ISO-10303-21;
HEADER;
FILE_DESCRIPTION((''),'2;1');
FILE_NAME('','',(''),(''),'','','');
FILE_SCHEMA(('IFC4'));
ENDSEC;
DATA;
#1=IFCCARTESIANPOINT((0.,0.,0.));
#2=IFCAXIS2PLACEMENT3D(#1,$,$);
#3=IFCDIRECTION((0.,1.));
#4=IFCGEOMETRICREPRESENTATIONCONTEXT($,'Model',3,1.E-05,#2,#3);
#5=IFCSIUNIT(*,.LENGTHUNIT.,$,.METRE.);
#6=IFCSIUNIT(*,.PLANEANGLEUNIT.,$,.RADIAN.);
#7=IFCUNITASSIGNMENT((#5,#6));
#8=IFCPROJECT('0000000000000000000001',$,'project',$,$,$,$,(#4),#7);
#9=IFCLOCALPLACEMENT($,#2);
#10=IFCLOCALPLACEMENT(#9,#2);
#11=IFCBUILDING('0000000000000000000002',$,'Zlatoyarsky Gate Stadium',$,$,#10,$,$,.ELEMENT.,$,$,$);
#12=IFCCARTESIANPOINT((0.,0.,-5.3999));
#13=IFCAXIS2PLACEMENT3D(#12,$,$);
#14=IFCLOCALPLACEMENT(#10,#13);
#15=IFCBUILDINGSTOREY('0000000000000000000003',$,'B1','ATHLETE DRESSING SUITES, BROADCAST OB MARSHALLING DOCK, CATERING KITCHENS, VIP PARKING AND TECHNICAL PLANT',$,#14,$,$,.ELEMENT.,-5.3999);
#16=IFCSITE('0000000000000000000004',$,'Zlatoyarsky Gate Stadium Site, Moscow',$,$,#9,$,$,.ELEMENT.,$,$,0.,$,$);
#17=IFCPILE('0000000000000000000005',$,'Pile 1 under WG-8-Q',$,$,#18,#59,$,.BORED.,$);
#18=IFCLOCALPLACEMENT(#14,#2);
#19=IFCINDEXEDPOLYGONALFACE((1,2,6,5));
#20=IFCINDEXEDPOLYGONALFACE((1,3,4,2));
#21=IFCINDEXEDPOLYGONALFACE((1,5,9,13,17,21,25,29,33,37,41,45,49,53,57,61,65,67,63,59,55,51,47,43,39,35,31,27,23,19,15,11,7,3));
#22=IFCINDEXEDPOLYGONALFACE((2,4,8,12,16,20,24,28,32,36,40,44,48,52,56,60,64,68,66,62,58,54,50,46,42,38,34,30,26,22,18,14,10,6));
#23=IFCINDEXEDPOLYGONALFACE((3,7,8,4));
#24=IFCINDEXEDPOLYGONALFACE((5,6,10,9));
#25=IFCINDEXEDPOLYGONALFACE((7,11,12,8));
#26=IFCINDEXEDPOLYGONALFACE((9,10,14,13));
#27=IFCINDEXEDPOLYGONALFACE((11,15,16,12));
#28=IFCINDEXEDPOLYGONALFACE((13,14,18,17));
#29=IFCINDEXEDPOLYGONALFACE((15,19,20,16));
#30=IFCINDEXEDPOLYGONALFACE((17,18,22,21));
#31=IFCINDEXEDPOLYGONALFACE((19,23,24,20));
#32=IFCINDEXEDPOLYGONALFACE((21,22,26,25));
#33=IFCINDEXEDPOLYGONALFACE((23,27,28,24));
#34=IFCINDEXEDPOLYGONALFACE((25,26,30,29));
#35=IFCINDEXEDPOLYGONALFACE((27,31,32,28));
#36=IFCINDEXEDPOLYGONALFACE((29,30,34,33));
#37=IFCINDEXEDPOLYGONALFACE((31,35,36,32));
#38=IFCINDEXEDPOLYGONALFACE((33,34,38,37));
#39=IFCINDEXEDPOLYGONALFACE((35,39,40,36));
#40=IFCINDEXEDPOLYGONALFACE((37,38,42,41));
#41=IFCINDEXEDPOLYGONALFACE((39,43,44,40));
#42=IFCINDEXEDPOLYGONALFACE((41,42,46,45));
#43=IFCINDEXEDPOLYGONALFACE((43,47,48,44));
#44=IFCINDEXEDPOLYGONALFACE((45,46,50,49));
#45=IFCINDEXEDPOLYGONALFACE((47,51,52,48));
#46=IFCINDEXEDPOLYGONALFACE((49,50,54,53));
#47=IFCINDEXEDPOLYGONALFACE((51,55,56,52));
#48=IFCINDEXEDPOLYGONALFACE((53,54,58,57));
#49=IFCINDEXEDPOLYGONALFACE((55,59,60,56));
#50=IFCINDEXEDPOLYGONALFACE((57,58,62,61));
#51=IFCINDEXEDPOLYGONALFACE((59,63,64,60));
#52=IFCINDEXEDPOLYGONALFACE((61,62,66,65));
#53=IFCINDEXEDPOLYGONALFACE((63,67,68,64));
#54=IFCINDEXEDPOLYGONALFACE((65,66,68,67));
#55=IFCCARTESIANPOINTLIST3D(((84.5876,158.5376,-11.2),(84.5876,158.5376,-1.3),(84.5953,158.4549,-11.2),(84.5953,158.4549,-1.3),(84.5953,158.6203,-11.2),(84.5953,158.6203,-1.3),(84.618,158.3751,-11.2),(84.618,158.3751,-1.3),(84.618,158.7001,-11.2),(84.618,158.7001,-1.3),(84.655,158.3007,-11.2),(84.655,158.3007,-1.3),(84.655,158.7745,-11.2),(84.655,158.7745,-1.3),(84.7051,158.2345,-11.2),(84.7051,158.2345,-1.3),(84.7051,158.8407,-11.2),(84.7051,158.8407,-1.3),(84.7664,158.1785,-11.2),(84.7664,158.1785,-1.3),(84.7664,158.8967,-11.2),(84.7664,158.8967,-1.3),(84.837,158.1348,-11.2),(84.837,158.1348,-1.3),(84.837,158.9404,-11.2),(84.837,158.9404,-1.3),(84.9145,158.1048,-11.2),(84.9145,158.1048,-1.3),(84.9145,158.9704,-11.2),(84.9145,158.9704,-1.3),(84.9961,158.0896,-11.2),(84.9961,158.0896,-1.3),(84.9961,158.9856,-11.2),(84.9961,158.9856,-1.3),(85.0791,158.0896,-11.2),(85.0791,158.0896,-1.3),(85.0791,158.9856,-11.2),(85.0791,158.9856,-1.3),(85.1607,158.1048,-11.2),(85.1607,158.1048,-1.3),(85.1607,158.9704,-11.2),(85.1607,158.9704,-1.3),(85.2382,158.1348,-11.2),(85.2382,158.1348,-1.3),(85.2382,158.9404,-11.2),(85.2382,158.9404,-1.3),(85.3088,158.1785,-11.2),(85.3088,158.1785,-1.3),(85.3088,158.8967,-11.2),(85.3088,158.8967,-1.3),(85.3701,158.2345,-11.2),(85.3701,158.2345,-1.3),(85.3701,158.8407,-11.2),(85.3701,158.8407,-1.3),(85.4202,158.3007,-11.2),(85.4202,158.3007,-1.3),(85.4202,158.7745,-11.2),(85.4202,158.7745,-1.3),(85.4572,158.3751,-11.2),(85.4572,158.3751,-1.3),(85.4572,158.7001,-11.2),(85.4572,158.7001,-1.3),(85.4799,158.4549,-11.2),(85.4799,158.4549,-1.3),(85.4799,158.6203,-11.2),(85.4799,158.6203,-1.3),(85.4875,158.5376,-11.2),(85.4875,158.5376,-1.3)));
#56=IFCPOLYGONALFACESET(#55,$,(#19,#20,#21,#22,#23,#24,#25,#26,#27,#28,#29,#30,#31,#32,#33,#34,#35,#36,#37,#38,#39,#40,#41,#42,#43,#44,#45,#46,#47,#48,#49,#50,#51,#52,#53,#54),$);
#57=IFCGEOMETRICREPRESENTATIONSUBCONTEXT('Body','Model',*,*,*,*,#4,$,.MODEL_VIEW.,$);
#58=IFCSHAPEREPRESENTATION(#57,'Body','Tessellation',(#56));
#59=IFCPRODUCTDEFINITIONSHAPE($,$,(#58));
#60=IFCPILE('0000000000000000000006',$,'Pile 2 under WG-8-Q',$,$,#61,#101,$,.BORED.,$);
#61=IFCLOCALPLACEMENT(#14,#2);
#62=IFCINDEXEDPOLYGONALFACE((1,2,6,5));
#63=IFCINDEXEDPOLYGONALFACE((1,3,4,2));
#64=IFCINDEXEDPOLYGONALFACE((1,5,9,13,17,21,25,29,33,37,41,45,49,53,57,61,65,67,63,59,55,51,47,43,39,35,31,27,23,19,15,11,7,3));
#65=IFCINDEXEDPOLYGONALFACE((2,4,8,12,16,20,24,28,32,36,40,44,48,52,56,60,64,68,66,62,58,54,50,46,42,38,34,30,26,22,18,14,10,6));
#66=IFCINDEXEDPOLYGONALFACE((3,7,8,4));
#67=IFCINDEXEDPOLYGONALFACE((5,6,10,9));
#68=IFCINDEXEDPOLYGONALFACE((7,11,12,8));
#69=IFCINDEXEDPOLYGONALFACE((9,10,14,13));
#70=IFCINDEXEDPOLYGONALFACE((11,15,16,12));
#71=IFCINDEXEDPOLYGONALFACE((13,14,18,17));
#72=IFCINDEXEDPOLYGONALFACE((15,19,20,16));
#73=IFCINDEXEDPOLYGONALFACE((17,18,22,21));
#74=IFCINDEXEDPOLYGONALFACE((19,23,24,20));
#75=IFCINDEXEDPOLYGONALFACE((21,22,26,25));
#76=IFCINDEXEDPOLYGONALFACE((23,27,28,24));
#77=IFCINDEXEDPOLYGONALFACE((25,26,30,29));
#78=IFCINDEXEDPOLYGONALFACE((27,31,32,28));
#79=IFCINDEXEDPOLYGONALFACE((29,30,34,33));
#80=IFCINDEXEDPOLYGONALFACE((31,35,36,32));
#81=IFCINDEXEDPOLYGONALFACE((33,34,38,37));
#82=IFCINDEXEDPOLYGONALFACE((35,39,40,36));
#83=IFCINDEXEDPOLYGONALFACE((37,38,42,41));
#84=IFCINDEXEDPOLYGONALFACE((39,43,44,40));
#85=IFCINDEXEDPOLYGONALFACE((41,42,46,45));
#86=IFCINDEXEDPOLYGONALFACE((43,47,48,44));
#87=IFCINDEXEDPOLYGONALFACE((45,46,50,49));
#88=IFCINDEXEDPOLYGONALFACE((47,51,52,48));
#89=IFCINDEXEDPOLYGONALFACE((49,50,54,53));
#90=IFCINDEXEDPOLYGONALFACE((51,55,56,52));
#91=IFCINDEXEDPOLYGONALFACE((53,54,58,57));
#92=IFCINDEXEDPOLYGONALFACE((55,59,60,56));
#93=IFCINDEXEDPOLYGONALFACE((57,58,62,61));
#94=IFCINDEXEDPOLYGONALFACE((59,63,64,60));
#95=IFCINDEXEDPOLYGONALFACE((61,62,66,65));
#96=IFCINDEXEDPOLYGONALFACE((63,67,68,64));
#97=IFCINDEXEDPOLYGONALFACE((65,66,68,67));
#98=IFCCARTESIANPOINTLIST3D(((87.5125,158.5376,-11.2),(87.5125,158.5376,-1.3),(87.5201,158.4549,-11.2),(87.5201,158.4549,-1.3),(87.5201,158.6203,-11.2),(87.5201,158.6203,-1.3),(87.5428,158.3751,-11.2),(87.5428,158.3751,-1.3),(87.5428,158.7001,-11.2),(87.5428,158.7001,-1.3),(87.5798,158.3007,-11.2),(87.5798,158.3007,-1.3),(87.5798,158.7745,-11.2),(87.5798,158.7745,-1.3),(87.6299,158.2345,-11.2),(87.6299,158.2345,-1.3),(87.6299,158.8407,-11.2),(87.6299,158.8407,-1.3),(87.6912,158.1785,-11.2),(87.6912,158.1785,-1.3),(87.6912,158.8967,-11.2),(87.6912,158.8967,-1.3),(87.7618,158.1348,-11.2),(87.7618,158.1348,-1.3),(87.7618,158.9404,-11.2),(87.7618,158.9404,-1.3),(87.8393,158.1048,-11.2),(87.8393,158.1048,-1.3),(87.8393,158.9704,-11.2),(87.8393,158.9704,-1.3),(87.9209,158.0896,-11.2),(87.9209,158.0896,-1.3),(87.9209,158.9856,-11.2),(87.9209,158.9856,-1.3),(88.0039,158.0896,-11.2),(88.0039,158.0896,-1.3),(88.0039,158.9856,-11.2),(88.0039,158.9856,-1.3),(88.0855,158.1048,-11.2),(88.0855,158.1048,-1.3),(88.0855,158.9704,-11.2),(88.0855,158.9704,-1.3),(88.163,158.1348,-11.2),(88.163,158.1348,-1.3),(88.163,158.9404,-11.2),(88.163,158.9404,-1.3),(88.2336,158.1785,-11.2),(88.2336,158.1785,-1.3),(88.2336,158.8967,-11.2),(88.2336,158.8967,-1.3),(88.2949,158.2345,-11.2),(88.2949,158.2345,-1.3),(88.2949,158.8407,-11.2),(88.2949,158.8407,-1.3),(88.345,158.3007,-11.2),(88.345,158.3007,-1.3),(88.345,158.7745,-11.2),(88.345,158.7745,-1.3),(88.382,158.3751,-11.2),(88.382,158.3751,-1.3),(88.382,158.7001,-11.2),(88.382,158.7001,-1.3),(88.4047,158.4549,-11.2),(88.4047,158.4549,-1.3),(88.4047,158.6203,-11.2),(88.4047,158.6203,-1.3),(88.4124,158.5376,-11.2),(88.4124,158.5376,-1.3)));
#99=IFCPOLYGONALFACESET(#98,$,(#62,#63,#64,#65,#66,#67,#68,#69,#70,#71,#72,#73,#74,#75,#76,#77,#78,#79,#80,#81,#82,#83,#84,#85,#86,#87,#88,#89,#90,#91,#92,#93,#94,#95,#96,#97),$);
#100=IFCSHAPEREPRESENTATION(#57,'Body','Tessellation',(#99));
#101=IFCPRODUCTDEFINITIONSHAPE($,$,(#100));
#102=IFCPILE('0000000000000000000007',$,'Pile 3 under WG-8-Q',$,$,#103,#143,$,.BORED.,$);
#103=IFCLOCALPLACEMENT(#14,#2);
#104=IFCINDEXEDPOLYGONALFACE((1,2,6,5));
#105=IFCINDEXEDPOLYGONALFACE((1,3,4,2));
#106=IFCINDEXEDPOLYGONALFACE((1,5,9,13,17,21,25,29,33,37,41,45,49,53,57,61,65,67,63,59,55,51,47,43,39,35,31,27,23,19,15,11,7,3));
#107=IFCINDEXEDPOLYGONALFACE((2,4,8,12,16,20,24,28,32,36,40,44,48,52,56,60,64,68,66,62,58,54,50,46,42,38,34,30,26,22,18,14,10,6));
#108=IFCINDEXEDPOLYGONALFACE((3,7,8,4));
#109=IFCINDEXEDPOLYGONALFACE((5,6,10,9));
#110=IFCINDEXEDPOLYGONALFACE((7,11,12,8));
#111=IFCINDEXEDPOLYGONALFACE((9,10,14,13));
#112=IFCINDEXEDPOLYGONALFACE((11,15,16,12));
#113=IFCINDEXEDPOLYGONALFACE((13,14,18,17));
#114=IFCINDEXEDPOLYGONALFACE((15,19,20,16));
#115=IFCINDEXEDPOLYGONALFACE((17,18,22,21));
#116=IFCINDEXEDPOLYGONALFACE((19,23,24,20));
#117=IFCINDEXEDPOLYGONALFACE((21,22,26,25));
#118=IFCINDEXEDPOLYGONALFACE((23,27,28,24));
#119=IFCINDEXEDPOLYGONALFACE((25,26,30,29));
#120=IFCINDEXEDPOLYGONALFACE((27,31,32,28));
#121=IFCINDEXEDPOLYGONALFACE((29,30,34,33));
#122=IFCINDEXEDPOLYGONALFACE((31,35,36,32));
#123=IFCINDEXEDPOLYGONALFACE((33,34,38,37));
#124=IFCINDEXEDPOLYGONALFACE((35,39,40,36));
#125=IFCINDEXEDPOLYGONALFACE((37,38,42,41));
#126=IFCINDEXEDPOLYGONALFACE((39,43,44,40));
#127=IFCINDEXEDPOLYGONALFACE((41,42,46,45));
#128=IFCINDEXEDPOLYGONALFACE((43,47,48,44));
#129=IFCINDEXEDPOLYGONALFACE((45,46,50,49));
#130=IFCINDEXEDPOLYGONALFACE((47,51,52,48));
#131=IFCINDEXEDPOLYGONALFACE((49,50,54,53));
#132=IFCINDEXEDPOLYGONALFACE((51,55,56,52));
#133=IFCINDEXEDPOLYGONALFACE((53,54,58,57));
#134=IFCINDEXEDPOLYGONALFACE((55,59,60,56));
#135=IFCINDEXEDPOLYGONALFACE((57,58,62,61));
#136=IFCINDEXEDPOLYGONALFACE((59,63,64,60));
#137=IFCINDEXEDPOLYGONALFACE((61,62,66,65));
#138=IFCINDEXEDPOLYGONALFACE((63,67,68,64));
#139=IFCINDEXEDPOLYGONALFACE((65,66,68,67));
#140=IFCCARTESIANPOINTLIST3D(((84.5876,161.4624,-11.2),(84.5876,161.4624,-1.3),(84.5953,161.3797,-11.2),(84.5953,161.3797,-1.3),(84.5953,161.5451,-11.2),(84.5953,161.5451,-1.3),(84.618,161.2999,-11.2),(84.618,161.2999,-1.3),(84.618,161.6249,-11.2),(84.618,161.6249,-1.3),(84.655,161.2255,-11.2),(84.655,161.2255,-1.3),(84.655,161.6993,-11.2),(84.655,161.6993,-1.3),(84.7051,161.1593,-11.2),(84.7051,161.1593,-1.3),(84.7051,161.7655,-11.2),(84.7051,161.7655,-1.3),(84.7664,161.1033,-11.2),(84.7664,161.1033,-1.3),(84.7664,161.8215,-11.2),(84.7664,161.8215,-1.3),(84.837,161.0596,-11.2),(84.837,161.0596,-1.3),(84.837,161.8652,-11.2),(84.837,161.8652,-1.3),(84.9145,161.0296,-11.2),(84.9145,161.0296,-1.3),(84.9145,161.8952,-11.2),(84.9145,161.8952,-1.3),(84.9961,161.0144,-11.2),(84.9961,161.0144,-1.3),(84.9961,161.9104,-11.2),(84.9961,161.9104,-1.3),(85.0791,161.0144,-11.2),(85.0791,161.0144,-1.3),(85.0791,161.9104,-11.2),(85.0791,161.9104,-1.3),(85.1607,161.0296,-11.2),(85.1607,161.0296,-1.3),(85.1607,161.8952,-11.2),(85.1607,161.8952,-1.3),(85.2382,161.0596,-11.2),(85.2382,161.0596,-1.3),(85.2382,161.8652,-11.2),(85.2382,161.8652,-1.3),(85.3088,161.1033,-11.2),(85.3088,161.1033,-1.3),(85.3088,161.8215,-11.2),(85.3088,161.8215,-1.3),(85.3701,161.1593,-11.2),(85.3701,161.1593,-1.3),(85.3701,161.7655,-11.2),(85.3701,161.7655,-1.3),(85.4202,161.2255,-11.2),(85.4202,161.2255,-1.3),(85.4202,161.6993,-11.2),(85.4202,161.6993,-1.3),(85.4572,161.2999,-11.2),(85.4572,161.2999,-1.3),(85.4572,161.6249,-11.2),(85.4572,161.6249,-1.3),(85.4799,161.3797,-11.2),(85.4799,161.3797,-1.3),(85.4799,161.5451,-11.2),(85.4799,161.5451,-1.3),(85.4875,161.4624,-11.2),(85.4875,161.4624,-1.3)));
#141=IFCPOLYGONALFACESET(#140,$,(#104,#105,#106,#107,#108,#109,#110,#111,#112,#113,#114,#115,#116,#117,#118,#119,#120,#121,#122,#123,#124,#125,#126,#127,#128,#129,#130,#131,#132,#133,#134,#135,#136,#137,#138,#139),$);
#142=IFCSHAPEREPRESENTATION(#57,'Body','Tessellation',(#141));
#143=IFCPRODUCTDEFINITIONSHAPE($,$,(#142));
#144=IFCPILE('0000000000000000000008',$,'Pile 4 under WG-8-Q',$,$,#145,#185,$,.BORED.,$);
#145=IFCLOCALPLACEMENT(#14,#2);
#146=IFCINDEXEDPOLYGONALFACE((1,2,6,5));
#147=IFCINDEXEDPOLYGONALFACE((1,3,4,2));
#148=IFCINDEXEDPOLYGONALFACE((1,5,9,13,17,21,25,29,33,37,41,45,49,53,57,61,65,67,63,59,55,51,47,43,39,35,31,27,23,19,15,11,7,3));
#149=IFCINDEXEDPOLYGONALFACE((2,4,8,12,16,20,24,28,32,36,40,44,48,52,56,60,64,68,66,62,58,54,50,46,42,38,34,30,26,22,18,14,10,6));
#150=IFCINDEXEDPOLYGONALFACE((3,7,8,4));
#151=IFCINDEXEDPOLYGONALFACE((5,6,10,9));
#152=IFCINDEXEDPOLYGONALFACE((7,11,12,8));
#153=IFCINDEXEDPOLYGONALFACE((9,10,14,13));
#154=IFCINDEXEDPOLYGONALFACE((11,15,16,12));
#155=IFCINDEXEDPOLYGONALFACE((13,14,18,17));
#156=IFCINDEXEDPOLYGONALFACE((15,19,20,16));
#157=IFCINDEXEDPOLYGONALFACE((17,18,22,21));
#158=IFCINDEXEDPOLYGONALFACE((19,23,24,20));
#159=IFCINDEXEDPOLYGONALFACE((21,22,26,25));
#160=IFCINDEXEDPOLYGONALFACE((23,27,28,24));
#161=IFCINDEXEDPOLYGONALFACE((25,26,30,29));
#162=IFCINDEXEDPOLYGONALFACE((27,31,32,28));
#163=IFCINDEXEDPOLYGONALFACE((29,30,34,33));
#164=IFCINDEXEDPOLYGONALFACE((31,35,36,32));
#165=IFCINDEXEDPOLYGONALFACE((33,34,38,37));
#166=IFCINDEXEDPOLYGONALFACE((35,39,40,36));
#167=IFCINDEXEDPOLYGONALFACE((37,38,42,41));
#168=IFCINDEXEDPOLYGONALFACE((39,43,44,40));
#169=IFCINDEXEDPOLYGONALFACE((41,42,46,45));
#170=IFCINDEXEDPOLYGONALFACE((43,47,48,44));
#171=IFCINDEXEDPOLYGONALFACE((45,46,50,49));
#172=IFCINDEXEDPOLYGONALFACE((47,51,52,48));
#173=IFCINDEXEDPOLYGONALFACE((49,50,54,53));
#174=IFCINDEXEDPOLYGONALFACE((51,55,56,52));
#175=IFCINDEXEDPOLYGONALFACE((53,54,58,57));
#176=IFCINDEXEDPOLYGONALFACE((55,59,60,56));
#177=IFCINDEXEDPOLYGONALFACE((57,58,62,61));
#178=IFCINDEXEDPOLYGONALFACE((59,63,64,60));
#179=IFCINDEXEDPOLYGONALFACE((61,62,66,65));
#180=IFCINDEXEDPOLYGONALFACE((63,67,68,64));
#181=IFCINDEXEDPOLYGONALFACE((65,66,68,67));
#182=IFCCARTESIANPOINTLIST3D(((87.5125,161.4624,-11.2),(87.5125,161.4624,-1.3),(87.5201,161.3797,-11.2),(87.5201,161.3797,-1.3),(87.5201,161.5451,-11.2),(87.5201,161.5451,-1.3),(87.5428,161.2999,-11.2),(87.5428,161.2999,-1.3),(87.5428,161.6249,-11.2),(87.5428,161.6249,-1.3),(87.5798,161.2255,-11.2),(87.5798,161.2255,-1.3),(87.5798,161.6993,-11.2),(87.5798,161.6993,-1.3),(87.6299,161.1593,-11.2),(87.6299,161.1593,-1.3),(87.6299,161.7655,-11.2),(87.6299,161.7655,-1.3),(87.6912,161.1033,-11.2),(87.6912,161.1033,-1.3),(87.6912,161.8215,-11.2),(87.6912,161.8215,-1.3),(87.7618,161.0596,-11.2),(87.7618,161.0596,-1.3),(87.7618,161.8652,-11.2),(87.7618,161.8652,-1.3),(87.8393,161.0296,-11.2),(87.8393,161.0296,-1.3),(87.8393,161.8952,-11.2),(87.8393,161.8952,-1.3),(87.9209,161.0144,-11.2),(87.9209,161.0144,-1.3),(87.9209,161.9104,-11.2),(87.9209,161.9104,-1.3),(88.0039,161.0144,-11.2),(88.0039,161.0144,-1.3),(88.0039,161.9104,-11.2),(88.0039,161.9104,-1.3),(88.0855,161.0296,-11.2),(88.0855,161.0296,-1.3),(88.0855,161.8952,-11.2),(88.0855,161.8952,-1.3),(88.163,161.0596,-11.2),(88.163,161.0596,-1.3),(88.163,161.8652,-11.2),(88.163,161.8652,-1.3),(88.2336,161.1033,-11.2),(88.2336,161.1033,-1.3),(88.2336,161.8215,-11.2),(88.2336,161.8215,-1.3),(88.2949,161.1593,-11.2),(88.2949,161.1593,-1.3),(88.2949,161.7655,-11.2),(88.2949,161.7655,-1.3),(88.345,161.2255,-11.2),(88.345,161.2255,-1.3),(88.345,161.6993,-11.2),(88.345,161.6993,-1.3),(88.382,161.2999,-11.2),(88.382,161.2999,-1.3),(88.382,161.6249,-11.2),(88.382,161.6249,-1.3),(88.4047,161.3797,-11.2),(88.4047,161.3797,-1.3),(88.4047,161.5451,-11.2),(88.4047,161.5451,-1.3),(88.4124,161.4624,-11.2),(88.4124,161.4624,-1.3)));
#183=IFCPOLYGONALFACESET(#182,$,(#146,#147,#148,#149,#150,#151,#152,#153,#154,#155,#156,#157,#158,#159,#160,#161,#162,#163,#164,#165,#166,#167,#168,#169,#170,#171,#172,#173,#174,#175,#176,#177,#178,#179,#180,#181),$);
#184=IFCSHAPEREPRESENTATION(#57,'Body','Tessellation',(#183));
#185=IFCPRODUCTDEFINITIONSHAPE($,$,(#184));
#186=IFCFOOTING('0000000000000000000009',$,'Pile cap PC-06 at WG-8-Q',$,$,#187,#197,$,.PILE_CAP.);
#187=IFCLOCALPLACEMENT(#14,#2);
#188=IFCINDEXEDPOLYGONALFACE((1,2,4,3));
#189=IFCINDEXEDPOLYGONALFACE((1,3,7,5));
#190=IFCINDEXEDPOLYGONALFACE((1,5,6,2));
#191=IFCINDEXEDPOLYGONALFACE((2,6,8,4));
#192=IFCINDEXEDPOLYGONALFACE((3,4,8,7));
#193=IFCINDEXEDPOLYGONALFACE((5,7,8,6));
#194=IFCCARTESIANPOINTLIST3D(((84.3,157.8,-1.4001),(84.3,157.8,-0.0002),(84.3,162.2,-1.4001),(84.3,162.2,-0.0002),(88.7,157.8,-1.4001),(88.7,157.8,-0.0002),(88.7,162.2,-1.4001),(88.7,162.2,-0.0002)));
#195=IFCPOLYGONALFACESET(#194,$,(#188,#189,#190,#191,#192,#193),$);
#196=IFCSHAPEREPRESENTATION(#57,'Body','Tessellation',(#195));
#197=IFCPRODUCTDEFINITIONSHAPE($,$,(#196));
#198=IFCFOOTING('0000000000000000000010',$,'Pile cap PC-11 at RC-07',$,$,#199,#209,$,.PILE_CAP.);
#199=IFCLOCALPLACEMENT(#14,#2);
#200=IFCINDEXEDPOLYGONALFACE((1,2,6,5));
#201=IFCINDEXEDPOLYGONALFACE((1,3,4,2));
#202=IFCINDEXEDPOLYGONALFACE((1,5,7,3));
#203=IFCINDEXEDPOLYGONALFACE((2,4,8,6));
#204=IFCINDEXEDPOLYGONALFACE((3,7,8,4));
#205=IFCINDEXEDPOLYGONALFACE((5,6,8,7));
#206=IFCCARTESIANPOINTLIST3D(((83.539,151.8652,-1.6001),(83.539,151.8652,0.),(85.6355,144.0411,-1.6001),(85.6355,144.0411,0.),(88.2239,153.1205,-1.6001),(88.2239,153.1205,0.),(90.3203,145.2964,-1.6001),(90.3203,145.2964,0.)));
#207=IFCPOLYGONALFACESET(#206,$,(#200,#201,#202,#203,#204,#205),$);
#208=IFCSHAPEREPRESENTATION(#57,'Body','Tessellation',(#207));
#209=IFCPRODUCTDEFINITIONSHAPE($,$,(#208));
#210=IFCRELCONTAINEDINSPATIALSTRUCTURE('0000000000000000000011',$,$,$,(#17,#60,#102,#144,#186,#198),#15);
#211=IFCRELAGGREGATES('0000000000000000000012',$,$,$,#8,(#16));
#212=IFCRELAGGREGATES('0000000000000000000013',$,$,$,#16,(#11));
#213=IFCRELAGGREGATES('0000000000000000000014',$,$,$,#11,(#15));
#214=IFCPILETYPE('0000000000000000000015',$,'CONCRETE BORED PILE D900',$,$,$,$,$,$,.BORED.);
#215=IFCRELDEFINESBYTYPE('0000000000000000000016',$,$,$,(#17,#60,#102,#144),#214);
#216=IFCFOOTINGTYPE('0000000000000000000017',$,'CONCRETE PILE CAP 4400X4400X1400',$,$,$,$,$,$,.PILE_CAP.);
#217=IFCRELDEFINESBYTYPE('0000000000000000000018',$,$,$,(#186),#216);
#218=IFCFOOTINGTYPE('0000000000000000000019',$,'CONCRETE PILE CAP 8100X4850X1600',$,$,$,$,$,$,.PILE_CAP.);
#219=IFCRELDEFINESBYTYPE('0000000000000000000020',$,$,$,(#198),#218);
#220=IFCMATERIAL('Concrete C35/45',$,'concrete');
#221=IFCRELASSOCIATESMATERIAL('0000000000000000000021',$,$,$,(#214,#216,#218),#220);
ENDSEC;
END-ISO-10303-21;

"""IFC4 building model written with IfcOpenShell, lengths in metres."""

from ifc_helpers import new_model, si_unit, direction, frame, origin, origin_2d, place, context, subcontext, project, spatial, rectangle, circle, extrude, material, material_profile, profile_set, type_object, element, save


model = new_model("IFC4")

# Units and contexts
model_context = context("Model", 3, precision=1e-05, world=origin(), true_north=direction((0.0, 1.0)))
body_context = subcontext(model_context, "Body", "Model", "MODEL_VIEW")
ifc_project = project(units=[si_unit("LENGTHUNIT", "METRE"), si_unit("PLANEANGLEUNIT", "RADIAN")], contexts=[model_context])

# Site, building, storey
site_placement = place(None, origin())
site = spatial("IfcSite", under=ifc_project, at=site_placement, Name="Zlatoyarsky Gate Stadium Site, Moscow", CompositionType="ELEMENT", RefElevation=0.0)
building_placement = place(site_placement, origin())
building = spatial("IfcBuilding", under=site, at=building_placement, Name="Zlatoyarsky Gate Stadium", CompositionType="ELEMENT")
storey_placement = place(building_placement, frame((0.0, 0.0, -5.3999)))
storey = spatial("IfcBuildingStorey", under=building, at=storey_placement, Name="B1", Description="ATHLETE DRESSING SUITES, BROADCAST OB MARSHALLING DOCK, CATERING KITCHENS, VIP PARKING AND TECHNICAL PLANT", CompositionType="ELEMENT", Elevation=-5.3999)

# Piles
ifc_material_1 = material(Name="Concrete C35/45", Category="concrete")
ifc_material_profile_1 = material_profile(ifc_material_1, circle(Radius=0.45, at=origin_2d()), Name="BORED PILE D900")
ifc_profile_set_1 = profile_set([ifc_material_profile_1], Name="Concrete C35/45")
pile_type_1 = type_object("IfcPileType", Name="CONCRETE BORED PILE D900", PredefinedType="BORED", material=ifc_profile_set_1)
for number, where, z_axis, x_axis, name in (
    (1, (85.0376, 158.5376, -1.3), (0.0, 0.0, -1.0), (1.0, 0.0, 0.0), "Pile 1 under WG-8-Q"),
    (2, (87.9624, 158.5376, -1.3), (0.0, 0.0, -1.0), (1.0, 0.0, 0.0), "Pile 2 under WG-8-Q"),
    (3, (85.0376, 161.4624, -1.3), (0.0, 0.0, -1.0), (1.0, 0.0, 0.0), "Pile 3 under WG-8-Q"),
    (4, (87.9624, 161.4624, -1.3), (0.0, 0.0, -1.0), (1.0, 0.0, 0.0), "Pile 4 under WG-8-Q"),
):
    element("IfcPile", number, at=place(storey_placement, frame(where, z_axis=z_axis, x_axis=x_axis)), inside=storey, type_object=pile_type_1, Name=name, PredefinedType="BORED", context=body_context, shape_type="SweptSolid", body=[
        extrude(circle(Radius=0.45, at=origin_2d()), origin(), (0.0, 0.0, 1.0), 9.8999),
    ])

# Footings
footing_type_1 = type_object("IfcFootingType", Name="CONCRETE PILE CAP 4400X4400X1400", PredefinedType="PILE_CAP", material=ifc_material_1)
footing_1_placement = place(storey_placement, frame((86.5, 160.0, -1.4001), z_axis=(0.0, 0.0, 1.0), x_axis=(1.0, 0.0, 0.0)))
element("IfcFooting", 5, at=footing_1_placement, inside=storey, type_object=footing_type_1, Name="Pile cap PC-06 at WG-8-Q", PredefinedType="PILE_CAP", context=body_context, shape_type="SweptSolid", body=[
    extrude(rectangle(XDim=4.3999, YDim=4.3999, at=origin_2d()), origin(), (0.0, 0.0, 1.0), 1.3999),
])
footing_type_2 = type_object("IfcFootingType", Name="CONCRETE PILE CAP 8100X4850X1600", PredefinedType="PILE_CAP", material=ifc_material_1)
footing_2_placement = place(storey_placement, frame((86.9297, 148.5808, -1.6001), z_axis=(0.0, 0.0, 1.0), x_axis=(-0.258819, 0.965926, 0.0)))
element("IfcFooting", 6, at=footing_2_placement, inside=storey, type_object=footing_type_2, Name="Pile cap PC-11 at RC-07", PredefinedType="PILE_CAP", context=body_context, shape_type="SweptSolid", body=[
    extrude(rectangle(XDim=8.1001, YDim=4.8501, at=origin_2d()), origin(), (0.0, 0.0, 1.0), 1.6001),
])

save(model, "model.ifc")
